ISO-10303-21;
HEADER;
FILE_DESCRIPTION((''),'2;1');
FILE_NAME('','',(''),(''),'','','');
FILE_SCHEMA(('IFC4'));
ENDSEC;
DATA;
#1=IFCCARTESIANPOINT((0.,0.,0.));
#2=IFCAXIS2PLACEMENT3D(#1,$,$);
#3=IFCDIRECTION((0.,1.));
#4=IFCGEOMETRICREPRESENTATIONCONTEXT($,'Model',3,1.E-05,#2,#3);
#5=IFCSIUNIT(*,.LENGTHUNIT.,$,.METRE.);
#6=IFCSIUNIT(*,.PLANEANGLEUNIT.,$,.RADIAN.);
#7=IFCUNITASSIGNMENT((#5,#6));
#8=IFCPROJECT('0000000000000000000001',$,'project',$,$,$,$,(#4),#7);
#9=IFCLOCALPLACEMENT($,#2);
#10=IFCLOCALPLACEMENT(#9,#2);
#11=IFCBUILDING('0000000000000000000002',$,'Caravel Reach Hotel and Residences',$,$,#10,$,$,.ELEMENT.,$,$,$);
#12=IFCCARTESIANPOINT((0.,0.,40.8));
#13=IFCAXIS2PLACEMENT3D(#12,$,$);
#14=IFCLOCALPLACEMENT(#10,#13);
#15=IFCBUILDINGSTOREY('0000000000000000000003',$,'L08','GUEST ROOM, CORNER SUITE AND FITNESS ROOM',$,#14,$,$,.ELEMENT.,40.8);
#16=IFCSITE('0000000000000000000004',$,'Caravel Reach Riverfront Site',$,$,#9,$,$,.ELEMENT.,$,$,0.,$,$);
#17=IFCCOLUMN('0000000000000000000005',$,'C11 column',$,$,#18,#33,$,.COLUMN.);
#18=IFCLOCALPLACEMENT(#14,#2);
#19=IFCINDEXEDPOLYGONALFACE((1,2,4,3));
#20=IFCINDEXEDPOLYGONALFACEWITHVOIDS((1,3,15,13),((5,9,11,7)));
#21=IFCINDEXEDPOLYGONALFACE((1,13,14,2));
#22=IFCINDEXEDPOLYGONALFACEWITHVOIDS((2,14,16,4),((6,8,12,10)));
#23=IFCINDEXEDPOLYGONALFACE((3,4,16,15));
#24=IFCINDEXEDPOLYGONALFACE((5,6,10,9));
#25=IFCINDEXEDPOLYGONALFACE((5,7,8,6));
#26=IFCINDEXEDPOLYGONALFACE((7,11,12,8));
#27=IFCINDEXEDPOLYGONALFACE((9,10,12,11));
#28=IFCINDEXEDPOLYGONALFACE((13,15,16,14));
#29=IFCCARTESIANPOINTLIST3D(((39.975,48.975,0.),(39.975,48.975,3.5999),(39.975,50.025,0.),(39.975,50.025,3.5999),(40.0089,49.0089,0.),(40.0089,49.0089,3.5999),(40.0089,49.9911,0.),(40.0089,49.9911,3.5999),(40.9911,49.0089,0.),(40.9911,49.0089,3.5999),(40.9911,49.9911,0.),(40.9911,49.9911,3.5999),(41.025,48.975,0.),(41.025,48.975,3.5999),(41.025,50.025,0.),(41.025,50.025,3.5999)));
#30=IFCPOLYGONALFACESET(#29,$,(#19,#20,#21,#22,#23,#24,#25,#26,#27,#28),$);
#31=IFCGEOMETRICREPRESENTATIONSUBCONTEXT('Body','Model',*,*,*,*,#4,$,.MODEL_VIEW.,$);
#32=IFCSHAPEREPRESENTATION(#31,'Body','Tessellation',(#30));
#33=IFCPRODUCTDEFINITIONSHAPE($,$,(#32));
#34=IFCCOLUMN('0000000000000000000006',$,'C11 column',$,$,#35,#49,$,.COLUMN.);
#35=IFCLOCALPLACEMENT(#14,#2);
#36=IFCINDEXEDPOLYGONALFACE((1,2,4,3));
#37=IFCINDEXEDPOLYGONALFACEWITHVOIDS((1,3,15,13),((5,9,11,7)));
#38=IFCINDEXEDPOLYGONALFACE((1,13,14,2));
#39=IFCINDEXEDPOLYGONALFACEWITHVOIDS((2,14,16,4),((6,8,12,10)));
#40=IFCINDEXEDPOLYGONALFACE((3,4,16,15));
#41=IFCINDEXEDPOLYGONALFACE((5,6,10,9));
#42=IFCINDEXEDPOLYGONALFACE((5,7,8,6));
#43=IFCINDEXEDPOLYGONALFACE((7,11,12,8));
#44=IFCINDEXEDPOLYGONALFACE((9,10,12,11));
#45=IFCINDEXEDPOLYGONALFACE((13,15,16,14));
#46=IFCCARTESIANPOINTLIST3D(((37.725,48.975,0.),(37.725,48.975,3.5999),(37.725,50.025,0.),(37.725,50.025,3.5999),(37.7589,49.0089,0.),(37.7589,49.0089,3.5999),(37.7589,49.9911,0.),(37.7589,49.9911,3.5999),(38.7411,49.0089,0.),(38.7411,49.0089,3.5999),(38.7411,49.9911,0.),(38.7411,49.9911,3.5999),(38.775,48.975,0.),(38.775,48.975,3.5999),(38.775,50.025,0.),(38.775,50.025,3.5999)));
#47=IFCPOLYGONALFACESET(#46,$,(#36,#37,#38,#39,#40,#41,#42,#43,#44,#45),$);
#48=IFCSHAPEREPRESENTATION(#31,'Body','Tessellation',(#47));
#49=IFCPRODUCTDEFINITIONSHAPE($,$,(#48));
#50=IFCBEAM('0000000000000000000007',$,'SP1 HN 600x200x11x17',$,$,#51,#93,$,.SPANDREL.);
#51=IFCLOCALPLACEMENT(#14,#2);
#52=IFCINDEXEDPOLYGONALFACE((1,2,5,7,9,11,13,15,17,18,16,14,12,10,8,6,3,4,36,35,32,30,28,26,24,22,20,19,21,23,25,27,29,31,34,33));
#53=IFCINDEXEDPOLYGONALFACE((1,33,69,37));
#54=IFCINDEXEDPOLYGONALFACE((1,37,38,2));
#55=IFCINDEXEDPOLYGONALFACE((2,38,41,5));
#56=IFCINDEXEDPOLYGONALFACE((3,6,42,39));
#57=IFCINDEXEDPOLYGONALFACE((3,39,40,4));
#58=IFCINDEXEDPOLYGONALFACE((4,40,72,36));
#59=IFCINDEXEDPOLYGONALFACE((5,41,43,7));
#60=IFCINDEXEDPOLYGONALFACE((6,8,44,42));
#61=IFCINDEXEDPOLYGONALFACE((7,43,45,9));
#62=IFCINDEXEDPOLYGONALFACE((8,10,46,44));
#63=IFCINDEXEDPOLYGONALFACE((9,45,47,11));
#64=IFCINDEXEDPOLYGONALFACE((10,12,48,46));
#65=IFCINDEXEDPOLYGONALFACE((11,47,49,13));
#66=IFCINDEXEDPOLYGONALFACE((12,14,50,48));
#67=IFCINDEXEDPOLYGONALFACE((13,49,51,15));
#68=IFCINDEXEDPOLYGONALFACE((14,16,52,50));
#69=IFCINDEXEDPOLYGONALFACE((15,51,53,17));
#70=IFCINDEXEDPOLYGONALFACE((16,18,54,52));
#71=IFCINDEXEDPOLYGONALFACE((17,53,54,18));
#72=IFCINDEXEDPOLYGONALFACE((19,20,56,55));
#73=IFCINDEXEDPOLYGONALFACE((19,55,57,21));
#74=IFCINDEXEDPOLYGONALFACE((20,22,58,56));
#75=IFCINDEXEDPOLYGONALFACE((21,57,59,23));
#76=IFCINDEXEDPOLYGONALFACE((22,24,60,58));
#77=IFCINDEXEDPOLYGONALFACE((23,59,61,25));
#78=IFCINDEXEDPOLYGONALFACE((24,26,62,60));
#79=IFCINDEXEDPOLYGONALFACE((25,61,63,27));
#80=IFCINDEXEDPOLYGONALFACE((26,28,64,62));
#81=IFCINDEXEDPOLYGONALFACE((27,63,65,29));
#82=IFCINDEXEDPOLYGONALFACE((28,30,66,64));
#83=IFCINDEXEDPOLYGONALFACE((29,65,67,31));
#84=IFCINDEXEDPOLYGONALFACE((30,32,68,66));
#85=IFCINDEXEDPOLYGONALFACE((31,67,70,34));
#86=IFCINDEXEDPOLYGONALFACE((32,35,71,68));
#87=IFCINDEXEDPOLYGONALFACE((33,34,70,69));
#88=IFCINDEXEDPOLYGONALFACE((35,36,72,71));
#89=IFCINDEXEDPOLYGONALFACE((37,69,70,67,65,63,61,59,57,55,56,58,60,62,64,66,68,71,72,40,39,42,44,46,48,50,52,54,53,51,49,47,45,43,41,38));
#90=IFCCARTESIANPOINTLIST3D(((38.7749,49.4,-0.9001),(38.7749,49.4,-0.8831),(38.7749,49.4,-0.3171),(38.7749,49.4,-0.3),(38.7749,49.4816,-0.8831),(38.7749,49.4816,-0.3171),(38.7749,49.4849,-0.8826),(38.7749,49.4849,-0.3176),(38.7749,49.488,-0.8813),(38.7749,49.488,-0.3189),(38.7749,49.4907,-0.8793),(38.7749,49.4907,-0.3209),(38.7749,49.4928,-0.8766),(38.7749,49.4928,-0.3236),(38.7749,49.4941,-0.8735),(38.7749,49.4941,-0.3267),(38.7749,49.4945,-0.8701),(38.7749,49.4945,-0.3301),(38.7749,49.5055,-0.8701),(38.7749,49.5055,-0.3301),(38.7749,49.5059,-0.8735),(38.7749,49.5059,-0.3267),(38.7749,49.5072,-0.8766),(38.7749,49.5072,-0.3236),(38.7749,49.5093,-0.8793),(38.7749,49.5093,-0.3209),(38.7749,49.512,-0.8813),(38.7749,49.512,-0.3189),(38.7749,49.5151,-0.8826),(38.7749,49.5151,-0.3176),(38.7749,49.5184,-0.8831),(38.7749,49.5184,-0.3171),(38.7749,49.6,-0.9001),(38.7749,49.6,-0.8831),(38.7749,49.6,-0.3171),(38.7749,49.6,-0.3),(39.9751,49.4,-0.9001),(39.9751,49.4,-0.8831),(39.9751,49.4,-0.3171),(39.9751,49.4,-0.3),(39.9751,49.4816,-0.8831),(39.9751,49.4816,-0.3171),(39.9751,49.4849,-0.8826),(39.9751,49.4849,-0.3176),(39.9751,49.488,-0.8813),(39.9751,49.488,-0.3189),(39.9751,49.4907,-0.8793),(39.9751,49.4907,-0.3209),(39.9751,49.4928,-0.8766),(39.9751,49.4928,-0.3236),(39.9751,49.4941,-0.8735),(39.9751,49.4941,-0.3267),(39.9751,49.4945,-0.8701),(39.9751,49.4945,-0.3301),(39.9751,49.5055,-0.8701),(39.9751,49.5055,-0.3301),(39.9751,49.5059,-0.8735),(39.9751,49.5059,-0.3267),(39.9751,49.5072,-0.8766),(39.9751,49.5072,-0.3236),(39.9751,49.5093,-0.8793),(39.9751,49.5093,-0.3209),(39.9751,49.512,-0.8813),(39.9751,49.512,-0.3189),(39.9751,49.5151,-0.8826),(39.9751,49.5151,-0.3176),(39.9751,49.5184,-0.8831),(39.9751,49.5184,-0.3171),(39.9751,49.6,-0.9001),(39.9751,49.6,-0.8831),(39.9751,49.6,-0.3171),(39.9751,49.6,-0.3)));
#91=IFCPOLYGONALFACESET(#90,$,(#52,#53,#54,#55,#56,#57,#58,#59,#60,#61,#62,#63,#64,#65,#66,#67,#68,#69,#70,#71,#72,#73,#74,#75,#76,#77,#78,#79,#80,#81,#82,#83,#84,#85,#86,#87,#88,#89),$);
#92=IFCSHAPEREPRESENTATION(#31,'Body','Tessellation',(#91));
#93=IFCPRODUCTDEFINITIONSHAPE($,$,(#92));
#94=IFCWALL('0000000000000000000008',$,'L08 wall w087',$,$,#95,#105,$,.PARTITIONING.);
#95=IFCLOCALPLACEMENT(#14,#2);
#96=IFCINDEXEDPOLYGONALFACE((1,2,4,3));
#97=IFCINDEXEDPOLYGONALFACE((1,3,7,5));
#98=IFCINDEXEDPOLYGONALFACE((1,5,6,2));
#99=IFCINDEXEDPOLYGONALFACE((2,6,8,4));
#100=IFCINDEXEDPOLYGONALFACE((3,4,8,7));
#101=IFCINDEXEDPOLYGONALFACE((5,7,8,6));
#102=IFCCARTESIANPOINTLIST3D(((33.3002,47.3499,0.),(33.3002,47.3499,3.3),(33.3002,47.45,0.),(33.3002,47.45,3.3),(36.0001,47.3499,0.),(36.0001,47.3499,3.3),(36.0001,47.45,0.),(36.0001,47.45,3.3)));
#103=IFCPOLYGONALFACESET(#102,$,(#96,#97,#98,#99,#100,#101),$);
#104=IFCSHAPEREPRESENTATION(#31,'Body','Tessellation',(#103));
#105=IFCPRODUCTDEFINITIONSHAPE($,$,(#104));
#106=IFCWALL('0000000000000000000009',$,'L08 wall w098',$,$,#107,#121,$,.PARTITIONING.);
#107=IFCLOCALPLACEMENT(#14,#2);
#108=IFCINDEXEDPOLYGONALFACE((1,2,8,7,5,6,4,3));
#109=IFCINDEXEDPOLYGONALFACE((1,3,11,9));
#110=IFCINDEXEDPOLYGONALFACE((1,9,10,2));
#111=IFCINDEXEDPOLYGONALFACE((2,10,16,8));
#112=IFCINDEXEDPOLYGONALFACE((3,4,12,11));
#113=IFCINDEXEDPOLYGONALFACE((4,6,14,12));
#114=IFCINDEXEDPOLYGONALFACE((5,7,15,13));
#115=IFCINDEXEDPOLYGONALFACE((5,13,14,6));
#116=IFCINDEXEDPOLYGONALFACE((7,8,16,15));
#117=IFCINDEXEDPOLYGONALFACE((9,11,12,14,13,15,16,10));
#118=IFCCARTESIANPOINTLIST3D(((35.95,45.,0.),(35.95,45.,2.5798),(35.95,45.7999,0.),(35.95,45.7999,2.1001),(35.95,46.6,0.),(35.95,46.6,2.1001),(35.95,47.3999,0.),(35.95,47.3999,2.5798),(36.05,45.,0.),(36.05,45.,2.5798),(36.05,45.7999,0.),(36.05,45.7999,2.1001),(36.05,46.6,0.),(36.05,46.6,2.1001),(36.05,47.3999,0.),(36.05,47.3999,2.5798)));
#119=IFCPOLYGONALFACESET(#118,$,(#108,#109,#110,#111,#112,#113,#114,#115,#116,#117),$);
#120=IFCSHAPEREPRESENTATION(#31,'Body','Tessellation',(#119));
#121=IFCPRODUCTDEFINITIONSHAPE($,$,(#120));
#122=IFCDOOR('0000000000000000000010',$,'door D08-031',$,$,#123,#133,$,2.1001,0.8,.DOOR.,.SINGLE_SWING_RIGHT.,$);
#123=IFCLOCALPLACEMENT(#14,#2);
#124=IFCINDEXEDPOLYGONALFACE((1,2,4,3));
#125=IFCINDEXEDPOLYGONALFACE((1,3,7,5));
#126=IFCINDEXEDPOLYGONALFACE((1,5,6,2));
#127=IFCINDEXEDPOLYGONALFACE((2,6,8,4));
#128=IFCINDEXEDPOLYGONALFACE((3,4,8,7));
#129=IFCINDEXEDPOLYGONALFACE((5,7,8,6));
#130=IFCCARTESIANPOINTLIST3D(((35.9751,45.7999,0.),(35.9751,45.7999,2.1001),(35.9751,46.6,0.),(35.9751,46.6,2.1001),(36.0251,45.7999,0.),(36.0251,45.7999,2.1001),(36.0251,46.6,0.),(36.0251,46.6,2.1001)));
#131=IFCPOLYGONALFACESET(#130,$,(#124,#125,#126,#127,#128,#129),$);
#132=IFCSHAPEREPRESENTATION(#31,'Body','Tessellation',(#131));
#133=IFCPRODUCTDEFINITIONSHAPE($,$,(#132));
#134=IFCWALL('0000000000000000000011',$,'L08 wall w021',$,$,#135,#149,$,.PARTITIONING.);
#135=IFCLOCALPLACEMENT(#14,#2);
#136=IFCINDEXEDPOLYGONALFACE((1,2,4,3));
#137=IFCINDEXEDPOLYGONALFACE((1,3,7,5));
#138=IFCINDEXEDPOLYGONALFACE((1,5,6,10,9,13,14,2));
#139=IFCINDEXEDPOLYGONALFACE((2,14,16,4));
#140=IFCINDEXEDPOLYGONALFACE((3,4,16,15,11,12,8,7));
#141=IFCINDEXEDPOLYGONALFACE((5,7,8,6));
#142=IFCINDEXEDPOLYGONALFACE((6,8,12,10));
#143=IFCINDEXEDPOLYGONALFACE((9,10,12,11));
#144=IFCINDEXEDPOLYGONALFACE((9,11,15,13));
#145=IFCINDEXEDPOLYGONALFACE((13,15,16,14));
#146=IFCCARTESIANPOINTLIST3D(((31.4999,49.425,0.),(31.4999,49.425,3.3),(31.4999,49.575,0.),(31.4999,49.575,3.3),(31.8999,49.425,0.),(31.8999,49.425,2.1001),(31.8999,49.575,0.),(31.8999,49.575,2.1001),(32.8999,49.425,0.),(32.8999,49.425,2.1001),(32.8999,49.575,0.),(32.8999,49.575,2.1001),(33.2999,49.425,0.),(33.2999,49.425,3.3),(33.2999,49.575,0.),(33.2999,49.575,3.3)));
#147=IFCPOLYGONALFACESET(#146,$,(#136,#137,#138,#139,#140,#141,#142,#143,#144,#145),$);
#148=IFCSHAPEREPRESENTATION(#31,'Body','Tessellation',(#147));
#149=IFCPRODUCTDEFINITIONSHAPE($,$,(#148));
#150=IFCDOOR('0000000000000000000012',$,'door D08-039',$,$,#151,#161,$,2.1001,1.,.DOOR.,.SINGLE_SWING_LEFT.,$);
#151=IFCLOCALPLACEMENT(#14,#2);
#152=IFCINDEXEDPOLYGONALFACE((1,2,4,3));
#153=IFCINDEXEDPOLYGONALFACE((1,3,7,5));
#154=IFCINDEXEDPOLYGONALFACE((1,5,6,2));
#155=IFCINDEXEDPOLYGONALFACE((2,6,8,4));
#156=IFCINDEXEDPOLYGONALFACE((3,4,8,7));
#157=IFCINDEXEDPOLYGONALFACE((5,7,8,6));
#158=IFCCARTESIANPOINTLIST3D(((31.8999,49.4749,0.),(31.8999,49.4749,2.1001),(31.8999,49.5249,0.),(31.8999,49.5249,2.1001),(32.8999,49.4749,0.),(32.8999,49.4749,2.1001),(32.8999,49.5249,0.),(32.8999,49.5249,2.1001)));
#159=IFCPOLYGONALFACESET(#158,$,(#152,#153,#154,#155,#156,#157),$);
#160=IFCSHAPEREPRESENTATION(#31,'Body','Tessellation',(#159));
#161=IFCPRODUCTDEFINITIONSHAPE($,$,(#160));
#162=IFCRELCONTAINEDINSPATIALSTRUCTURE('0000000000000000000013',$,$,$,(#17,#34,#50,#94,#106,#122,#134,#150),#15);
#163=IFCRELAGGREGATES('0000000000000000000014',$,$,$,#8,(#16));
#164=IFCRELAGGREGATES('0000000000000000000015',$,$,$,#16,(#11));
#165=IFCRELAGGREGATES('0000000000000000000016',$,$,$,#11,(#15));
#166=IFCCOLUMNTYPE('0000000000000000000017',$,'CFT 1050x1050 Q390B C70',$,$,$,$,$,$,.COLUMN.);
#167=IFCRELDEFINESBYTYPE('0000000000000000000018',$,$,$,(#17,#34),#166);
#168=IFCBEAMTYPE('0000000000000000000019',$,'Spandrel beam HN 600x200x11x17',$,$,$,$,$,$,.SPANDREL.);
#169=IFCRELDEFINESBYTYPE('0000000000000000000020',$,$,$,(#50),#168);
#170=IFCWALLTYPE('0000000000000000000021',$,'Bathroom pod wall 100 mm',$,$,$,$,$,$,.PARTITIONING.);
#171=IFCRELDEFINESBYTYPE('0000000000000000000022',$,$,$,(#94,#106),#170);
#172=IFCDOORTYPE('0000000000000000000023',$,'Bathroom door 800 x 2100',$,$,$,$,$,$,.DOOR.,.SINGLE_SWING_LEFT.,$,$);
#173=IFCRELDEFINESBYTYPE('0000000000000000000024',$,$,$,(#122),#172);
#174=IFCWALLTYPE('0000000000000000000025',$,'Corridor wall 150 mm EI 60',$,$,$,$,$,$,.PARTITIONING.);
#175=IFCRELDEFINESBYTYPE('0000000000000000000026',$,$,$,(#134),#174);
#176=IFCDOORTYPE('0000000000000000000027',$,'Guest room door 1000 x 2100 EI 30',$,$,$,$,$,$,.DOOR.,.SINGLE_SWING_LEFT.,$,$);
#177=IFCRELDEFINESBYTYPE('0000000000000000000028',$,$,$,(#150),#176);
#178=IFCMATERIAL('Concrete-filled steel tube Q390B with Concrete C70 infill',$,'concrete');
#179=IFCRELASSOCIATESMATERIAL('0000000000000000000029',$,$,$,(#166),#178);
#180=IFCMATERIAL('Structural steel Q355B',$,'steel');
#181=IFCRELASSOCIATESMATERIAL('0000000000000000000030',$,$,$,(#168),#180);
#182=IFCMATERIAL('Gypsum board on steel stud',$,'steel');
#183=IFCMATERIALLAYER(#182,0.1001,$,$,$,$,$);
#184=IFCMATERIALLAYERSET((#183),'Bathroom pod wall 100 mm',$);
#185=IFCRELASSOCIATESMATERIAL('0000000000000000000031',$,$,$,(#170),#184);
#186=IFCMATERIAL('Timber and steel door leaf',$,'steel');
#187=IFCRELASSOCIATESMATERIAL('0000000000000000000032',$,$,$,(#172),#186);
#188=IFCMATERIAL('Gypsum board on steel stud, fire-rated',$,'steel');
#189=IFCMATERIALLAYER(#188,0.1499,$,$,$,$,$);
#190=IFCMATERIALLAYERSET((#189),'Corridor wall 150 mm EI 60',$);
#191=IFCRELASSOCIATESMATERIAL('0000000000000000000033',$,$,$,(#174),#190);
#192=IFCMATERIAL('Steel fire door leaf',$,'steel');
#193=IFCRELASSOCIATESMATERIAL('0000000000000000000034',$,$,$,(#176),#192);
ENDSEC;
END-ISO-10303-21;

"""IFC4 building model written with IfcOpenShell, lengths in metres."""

from ifc_helpers import new_model, si_unit, direction, frame, frame_2d, origin, origin_2d, place, context, subcontext, project, spatial, rectangle, hollow_rectangle, i_section, extrude, material, layer, layer_set, material_profile, profile_set, type_object, element, fill, save


model = new_model("IFC4")

# Units and contexts
model_context = context("Model", 3, precision=1e-05, world=origin(), true_north=direction((0.0, 1.0)))
body_context = subcontext(model_context, "Body", "Model", "MODEL_VIEW")
ifc_project = project(units=[si_unit("LENGTHUNIT", "METRE"), si_unit("PLANEANGLEUNIT", "RADIAN")], contexts=[model_context])

# Site, building, storey
site_placement = place(None, origin())
site = spatial("IfcSite", under=ifc_project, at=site_placement, Name="Caravel Reach Riverfront Site", CompositionType="ELEMENT", RefElevation=0.0)
building_placement = place(site_placement, origin())
building = spatial("IfcBuilding", under=site, at=building_placement, Name="Caravel Reach Hotel and Residences", CompositionType="ELEMENT")
storey_placement = place(building_placement, frame((0.0, 0.0, 40.8)))
storey = spatial("IfcBuildingStorey", under=building, at=storey_placement, Name="L08", Description="GUEST ROOM, CORNER SUITE AND FITNESS ROOM", CompositionType="ELEMENT", Elevation=40.8)

# Columns
ifc_material_1 = material(Name="Concrete-filled steel tube Q390B with Concrete C70 infill", Category="concrete")
ifc_material_profile_1 = material_profile(ifc_material_1, hollow_rectangle(XDim=1.05, YDim=1.05, WallThickness=0.0339, at=origin_2d()), Name="RHS 1050x1050x34")
ifc_profile_set_1 = profile_set([ifc_material_profile_1], Name="Concrete-filled steel tube Q390B with Concrete C70 infill")
column_type = type_object("IfcColumnType", Name="CFT 1050x1050 Q390B C70", PredefinedType="COLUMN", material=ifc_profile_set_1)
for number, where, z_axis, x_axis, name in (
    (1, (40.5, 49.5, 0.0), (0.0, 0.0, 1.0), (1.0, 0.0, 0.0), "C11 column"),
    (2, (38.25, 49.5, 0.0), (0.0, 0.0, 1.0), (1.0, 0.0, 0.0), "C11 column"),
):
    element("IfcColumn", number, at=place(storey_placement, frame(where, z_axis=z_axis, x_axis=x_axis)), inside=storey, type_object=column_type, Name=name, PredefinedType="COLUMN", context=body_context, shape_type="SweptSolid", body=[
        extrude(hollow_rectangle(XDim=1.05, YDim=1.05, WallThickness=0.0339, at=origin_2d()), origin(), (0.0, 0.0, 1.0), 3.5999),
    ])

# Beam
ifc_material_2 = material(Name="Structural steel Q355B", Category="steel")
ifc_material_profile_2 = material_profile(ifc_material_2, i_section(OverallWidth=0.2, OverallDepth=0.6001, WebThickness=0.011, FlangeThickness=0.0171, FilletRadius=0.0129, at=origin_2d()), Name="HN 600x200x11x17")
ifc_profile_set_2 = profile_set([ifc_material_profile_2], Name="Structural steel Q355B")
beam_type = type_object("IfcBeamType", Name="Spandrel beam HN 600x200x11x17", PredefinedType="SPANDREL", material=ifc_profile_set_2)
beam_placement = place(storey_placement, frame((39.9751, 49.5, -0.6001), z_axis=(-1.0, 0.0, 0.0), x_axis=(0.0, -1.0, 0.0)))
element("IfcBeam", 3, at=beam_placement, inside=storey, type_object=beam_type, Name="SP1 HN 600x200x11x17", PredefinedType="SPANDREL", context=body_context, shape_type="SweptSolid", body=[
    extrude(i_section(OverallWidth=0.2, OverallDepth=0.6001, WebThickness=0.011, FlangeThickness=0.0171, FilletRadius=0.0129, at=origin_2d()), origin(), (0.0, 0.0, 1.0), 1.2002),
])

# Wall
ifc_material_3 = material(Name="Gypsum board on steel stud", Category="steel")
ifc_layer_1 = layer(ifc_material_3, 0.1001)
ifc_layer_set_1 = layer_set([ifc_layer_1], Name="Bathroom pod wall 100 mm")
wall_type_1 = type_object("IfcWallType", Name="Bathroom pod wall 100 mm", PredefinedType="PARTITIONING", material=ifc_layer_set_1)
wall_1_placement = place(storey_placement, frame((33.3, 47.3999, 0.0), z_axis=(0.0, 0.0, 1.0), x_axis=(1.0, 0.0, 0.0)))
element("IfcWall", 4, at=wall_1_placement, inside=storey, type_object=wall_type_1, Name="L08 wall w087", PredefinedType="PARTITIONING", context=body_context, shape_type="SweptSolid", body=[
    extrude(rectangle(XDim=2.7, YDim=0.1001, at=frame_2d((1.3501, 0.0))), origin(), (0.0, 0.0, 1.0), 3.3),
])

# Walls, openings, doors
wall_2_placement = place(storey_placement, frame((36.0, 45.0, 0.0), z_axis=(0.0, 0.0, 1.0), x_axis=(0.0, 1.0, 0.0)))
wall_2 = element("IfcWall", 5, at=wall_2_placement, inside=storey, type_object=wall_type_1, Name="L08 wall w098", PredefinedType="PARTITIONING", context=body_context, shape_type="SweptSolid", body=[
    extrude(rectangle(XDim=2.3999, YDim=0.1001, at=frame_2d((1.2, 0.0))), origin(), (0.0, 0.0, 1.0), 2.5798),
])
opening_1_placement = place(wall_2_placement, frame((0.8, 0.0, 0.0)))
opening_1 = element("IfcOpeningElement", 6, at=opening_1_placement, cuts=wall_2, PredefinedType="OPENING", context=body_context, shape_type="SweptSolid", body=[
    extrude(rectangle(XDim=0.8, YDim=2.1001, at=frame_2d((0.3999, 1.05))), frame((0.0, 0.0601, 0.0), z_axis=(0.0, -1.0, 0.0), x_axis=(1.0, 0.0, 0.0)), (0.0, 0.0, 1.0), 0.1201),
])
ifc_material_4 = material(Name="Timber and steel door leaf", Category="steel")
door_type_1 = type_object("IfcDoorType", Name="Bathroom door 800 x 2100", OperationType="SINGLE_SWING_LEFT", PredefinedType="DOOR", material=ifc_material_4)
door_1_placement = place(opening_1_placement, origin())
door_1 = element("IfcDoor", 7, at=door_1_placement, inside=storey, type_object=door_type_1, Name="door D08-031", OperationType="SINGLE_SWING_RIGHT", OverallHeight=2.1001, OverallWidth=0.8, PredefinedType="DOOR", context=body_context, shape_type="SweptSolid", body=[
    extrude(rectangle(XDim=0.8, YDim=2.1001, at=frame_2d((0.3999, 1.05))), frame((0.0, 0.0249, 0.0), z_axis=(0.0, -1.0, 0.0), x_axis=(1.0, 0.0, 0.0)), (0.0, 0.0, 1.0), 0.05),
])
fill(opening_1, door_1)
ifc_material_5 = material(Name="Gypsum board on steel stud, fire-rated", Category="steel")
ifc_layer_2 = layer(ifc_material_5, 0.1499)
ifc_layer_set_2 = layer_set([ifc_layer_2], Name="Corridor wall 150 mm EI 60")
wall_type_2 = type_object("IfcWallType", Name="Corridor wall 150 mm EI 60", PredefinedType="PARTITIONING", material=ifc_layer_set_2)
wall_3_placement = place(storey_placement, frame((31.5, 49.5, 0.0), z_axis=(0.0, 0.0, 1.0), x_axis=(1.0, 0.0, 0.0)))
wall_3 = element("IfcWall", 8, at=wall_3_placement, inside=storey, type_object=wall_type_2, Name="L08 wall w021", PredefinedType="PARTITIONING", context=body_context, shape_type="SweptSolid", body=[
    extrude(rectangle(XDim=1.8, YDim=0.1499, at=frame_2d((0.8999, 0.0))), origin(), (0.0, 0.0, 1.0), 3.3),
])
opening_2_placement = place(wall_3_placement, frame((0.3999, 0.0, 0.0)))
opening_2 = element("IfcOpeningElement", 9, at=opening_2_placement, cuts=wall_3, PredefinedType="OPENING", context=body_context, shape_type="SweptSolid", body=[
    extrude(rectangle(XDim=1.0, YDim=2.1001, at=frame_2d((0.5, 1.05))), frame((0.0, 0.085, 0.0), z_axis=(0.0, -1.0, 0.0), x_axis=(1.0, 0.0, 0.0)), (0.0, 0.0, 1.0), 0.1699),
])
ifc_material_6 = material(Name="Steel fire door leaf", Category="steel")
door_type_2 = type_object("IfcDoorType", Name="Guest room door 1000 x 2100 EI 30", OperationType="SINGLE_SWING_LEFT", PredefinedType="DOOR", material=ifc_material_6)
door_2_placement = place(opening_2_placement, origin())
door_2 = element("IfcDoor", 10, at=door_2_placement, inside=storey, type_object=door_type_2, Name="door D08-039", OperationType="SINGLE_SWING_LEFT", OverallHeight=2.1001, OverallWidth=1.0, PredefinedType="DOOR", context=body_context, shape_type="SweptSolid", body=[
    extrude(rectangle(XDim=1.0, YDim=2.1001, at=frame_2d((0.5, 1.05))), frame((0.0, 0.0249, 0.0), z_axis=(0.0, -1.0, 0.0), x_axis=(1.0, 0.0, 0.0)), (0.0, 0.0, 1.0), 0.05),
])
fill(opening_2, door_2)

save(model, "model.ifc")
